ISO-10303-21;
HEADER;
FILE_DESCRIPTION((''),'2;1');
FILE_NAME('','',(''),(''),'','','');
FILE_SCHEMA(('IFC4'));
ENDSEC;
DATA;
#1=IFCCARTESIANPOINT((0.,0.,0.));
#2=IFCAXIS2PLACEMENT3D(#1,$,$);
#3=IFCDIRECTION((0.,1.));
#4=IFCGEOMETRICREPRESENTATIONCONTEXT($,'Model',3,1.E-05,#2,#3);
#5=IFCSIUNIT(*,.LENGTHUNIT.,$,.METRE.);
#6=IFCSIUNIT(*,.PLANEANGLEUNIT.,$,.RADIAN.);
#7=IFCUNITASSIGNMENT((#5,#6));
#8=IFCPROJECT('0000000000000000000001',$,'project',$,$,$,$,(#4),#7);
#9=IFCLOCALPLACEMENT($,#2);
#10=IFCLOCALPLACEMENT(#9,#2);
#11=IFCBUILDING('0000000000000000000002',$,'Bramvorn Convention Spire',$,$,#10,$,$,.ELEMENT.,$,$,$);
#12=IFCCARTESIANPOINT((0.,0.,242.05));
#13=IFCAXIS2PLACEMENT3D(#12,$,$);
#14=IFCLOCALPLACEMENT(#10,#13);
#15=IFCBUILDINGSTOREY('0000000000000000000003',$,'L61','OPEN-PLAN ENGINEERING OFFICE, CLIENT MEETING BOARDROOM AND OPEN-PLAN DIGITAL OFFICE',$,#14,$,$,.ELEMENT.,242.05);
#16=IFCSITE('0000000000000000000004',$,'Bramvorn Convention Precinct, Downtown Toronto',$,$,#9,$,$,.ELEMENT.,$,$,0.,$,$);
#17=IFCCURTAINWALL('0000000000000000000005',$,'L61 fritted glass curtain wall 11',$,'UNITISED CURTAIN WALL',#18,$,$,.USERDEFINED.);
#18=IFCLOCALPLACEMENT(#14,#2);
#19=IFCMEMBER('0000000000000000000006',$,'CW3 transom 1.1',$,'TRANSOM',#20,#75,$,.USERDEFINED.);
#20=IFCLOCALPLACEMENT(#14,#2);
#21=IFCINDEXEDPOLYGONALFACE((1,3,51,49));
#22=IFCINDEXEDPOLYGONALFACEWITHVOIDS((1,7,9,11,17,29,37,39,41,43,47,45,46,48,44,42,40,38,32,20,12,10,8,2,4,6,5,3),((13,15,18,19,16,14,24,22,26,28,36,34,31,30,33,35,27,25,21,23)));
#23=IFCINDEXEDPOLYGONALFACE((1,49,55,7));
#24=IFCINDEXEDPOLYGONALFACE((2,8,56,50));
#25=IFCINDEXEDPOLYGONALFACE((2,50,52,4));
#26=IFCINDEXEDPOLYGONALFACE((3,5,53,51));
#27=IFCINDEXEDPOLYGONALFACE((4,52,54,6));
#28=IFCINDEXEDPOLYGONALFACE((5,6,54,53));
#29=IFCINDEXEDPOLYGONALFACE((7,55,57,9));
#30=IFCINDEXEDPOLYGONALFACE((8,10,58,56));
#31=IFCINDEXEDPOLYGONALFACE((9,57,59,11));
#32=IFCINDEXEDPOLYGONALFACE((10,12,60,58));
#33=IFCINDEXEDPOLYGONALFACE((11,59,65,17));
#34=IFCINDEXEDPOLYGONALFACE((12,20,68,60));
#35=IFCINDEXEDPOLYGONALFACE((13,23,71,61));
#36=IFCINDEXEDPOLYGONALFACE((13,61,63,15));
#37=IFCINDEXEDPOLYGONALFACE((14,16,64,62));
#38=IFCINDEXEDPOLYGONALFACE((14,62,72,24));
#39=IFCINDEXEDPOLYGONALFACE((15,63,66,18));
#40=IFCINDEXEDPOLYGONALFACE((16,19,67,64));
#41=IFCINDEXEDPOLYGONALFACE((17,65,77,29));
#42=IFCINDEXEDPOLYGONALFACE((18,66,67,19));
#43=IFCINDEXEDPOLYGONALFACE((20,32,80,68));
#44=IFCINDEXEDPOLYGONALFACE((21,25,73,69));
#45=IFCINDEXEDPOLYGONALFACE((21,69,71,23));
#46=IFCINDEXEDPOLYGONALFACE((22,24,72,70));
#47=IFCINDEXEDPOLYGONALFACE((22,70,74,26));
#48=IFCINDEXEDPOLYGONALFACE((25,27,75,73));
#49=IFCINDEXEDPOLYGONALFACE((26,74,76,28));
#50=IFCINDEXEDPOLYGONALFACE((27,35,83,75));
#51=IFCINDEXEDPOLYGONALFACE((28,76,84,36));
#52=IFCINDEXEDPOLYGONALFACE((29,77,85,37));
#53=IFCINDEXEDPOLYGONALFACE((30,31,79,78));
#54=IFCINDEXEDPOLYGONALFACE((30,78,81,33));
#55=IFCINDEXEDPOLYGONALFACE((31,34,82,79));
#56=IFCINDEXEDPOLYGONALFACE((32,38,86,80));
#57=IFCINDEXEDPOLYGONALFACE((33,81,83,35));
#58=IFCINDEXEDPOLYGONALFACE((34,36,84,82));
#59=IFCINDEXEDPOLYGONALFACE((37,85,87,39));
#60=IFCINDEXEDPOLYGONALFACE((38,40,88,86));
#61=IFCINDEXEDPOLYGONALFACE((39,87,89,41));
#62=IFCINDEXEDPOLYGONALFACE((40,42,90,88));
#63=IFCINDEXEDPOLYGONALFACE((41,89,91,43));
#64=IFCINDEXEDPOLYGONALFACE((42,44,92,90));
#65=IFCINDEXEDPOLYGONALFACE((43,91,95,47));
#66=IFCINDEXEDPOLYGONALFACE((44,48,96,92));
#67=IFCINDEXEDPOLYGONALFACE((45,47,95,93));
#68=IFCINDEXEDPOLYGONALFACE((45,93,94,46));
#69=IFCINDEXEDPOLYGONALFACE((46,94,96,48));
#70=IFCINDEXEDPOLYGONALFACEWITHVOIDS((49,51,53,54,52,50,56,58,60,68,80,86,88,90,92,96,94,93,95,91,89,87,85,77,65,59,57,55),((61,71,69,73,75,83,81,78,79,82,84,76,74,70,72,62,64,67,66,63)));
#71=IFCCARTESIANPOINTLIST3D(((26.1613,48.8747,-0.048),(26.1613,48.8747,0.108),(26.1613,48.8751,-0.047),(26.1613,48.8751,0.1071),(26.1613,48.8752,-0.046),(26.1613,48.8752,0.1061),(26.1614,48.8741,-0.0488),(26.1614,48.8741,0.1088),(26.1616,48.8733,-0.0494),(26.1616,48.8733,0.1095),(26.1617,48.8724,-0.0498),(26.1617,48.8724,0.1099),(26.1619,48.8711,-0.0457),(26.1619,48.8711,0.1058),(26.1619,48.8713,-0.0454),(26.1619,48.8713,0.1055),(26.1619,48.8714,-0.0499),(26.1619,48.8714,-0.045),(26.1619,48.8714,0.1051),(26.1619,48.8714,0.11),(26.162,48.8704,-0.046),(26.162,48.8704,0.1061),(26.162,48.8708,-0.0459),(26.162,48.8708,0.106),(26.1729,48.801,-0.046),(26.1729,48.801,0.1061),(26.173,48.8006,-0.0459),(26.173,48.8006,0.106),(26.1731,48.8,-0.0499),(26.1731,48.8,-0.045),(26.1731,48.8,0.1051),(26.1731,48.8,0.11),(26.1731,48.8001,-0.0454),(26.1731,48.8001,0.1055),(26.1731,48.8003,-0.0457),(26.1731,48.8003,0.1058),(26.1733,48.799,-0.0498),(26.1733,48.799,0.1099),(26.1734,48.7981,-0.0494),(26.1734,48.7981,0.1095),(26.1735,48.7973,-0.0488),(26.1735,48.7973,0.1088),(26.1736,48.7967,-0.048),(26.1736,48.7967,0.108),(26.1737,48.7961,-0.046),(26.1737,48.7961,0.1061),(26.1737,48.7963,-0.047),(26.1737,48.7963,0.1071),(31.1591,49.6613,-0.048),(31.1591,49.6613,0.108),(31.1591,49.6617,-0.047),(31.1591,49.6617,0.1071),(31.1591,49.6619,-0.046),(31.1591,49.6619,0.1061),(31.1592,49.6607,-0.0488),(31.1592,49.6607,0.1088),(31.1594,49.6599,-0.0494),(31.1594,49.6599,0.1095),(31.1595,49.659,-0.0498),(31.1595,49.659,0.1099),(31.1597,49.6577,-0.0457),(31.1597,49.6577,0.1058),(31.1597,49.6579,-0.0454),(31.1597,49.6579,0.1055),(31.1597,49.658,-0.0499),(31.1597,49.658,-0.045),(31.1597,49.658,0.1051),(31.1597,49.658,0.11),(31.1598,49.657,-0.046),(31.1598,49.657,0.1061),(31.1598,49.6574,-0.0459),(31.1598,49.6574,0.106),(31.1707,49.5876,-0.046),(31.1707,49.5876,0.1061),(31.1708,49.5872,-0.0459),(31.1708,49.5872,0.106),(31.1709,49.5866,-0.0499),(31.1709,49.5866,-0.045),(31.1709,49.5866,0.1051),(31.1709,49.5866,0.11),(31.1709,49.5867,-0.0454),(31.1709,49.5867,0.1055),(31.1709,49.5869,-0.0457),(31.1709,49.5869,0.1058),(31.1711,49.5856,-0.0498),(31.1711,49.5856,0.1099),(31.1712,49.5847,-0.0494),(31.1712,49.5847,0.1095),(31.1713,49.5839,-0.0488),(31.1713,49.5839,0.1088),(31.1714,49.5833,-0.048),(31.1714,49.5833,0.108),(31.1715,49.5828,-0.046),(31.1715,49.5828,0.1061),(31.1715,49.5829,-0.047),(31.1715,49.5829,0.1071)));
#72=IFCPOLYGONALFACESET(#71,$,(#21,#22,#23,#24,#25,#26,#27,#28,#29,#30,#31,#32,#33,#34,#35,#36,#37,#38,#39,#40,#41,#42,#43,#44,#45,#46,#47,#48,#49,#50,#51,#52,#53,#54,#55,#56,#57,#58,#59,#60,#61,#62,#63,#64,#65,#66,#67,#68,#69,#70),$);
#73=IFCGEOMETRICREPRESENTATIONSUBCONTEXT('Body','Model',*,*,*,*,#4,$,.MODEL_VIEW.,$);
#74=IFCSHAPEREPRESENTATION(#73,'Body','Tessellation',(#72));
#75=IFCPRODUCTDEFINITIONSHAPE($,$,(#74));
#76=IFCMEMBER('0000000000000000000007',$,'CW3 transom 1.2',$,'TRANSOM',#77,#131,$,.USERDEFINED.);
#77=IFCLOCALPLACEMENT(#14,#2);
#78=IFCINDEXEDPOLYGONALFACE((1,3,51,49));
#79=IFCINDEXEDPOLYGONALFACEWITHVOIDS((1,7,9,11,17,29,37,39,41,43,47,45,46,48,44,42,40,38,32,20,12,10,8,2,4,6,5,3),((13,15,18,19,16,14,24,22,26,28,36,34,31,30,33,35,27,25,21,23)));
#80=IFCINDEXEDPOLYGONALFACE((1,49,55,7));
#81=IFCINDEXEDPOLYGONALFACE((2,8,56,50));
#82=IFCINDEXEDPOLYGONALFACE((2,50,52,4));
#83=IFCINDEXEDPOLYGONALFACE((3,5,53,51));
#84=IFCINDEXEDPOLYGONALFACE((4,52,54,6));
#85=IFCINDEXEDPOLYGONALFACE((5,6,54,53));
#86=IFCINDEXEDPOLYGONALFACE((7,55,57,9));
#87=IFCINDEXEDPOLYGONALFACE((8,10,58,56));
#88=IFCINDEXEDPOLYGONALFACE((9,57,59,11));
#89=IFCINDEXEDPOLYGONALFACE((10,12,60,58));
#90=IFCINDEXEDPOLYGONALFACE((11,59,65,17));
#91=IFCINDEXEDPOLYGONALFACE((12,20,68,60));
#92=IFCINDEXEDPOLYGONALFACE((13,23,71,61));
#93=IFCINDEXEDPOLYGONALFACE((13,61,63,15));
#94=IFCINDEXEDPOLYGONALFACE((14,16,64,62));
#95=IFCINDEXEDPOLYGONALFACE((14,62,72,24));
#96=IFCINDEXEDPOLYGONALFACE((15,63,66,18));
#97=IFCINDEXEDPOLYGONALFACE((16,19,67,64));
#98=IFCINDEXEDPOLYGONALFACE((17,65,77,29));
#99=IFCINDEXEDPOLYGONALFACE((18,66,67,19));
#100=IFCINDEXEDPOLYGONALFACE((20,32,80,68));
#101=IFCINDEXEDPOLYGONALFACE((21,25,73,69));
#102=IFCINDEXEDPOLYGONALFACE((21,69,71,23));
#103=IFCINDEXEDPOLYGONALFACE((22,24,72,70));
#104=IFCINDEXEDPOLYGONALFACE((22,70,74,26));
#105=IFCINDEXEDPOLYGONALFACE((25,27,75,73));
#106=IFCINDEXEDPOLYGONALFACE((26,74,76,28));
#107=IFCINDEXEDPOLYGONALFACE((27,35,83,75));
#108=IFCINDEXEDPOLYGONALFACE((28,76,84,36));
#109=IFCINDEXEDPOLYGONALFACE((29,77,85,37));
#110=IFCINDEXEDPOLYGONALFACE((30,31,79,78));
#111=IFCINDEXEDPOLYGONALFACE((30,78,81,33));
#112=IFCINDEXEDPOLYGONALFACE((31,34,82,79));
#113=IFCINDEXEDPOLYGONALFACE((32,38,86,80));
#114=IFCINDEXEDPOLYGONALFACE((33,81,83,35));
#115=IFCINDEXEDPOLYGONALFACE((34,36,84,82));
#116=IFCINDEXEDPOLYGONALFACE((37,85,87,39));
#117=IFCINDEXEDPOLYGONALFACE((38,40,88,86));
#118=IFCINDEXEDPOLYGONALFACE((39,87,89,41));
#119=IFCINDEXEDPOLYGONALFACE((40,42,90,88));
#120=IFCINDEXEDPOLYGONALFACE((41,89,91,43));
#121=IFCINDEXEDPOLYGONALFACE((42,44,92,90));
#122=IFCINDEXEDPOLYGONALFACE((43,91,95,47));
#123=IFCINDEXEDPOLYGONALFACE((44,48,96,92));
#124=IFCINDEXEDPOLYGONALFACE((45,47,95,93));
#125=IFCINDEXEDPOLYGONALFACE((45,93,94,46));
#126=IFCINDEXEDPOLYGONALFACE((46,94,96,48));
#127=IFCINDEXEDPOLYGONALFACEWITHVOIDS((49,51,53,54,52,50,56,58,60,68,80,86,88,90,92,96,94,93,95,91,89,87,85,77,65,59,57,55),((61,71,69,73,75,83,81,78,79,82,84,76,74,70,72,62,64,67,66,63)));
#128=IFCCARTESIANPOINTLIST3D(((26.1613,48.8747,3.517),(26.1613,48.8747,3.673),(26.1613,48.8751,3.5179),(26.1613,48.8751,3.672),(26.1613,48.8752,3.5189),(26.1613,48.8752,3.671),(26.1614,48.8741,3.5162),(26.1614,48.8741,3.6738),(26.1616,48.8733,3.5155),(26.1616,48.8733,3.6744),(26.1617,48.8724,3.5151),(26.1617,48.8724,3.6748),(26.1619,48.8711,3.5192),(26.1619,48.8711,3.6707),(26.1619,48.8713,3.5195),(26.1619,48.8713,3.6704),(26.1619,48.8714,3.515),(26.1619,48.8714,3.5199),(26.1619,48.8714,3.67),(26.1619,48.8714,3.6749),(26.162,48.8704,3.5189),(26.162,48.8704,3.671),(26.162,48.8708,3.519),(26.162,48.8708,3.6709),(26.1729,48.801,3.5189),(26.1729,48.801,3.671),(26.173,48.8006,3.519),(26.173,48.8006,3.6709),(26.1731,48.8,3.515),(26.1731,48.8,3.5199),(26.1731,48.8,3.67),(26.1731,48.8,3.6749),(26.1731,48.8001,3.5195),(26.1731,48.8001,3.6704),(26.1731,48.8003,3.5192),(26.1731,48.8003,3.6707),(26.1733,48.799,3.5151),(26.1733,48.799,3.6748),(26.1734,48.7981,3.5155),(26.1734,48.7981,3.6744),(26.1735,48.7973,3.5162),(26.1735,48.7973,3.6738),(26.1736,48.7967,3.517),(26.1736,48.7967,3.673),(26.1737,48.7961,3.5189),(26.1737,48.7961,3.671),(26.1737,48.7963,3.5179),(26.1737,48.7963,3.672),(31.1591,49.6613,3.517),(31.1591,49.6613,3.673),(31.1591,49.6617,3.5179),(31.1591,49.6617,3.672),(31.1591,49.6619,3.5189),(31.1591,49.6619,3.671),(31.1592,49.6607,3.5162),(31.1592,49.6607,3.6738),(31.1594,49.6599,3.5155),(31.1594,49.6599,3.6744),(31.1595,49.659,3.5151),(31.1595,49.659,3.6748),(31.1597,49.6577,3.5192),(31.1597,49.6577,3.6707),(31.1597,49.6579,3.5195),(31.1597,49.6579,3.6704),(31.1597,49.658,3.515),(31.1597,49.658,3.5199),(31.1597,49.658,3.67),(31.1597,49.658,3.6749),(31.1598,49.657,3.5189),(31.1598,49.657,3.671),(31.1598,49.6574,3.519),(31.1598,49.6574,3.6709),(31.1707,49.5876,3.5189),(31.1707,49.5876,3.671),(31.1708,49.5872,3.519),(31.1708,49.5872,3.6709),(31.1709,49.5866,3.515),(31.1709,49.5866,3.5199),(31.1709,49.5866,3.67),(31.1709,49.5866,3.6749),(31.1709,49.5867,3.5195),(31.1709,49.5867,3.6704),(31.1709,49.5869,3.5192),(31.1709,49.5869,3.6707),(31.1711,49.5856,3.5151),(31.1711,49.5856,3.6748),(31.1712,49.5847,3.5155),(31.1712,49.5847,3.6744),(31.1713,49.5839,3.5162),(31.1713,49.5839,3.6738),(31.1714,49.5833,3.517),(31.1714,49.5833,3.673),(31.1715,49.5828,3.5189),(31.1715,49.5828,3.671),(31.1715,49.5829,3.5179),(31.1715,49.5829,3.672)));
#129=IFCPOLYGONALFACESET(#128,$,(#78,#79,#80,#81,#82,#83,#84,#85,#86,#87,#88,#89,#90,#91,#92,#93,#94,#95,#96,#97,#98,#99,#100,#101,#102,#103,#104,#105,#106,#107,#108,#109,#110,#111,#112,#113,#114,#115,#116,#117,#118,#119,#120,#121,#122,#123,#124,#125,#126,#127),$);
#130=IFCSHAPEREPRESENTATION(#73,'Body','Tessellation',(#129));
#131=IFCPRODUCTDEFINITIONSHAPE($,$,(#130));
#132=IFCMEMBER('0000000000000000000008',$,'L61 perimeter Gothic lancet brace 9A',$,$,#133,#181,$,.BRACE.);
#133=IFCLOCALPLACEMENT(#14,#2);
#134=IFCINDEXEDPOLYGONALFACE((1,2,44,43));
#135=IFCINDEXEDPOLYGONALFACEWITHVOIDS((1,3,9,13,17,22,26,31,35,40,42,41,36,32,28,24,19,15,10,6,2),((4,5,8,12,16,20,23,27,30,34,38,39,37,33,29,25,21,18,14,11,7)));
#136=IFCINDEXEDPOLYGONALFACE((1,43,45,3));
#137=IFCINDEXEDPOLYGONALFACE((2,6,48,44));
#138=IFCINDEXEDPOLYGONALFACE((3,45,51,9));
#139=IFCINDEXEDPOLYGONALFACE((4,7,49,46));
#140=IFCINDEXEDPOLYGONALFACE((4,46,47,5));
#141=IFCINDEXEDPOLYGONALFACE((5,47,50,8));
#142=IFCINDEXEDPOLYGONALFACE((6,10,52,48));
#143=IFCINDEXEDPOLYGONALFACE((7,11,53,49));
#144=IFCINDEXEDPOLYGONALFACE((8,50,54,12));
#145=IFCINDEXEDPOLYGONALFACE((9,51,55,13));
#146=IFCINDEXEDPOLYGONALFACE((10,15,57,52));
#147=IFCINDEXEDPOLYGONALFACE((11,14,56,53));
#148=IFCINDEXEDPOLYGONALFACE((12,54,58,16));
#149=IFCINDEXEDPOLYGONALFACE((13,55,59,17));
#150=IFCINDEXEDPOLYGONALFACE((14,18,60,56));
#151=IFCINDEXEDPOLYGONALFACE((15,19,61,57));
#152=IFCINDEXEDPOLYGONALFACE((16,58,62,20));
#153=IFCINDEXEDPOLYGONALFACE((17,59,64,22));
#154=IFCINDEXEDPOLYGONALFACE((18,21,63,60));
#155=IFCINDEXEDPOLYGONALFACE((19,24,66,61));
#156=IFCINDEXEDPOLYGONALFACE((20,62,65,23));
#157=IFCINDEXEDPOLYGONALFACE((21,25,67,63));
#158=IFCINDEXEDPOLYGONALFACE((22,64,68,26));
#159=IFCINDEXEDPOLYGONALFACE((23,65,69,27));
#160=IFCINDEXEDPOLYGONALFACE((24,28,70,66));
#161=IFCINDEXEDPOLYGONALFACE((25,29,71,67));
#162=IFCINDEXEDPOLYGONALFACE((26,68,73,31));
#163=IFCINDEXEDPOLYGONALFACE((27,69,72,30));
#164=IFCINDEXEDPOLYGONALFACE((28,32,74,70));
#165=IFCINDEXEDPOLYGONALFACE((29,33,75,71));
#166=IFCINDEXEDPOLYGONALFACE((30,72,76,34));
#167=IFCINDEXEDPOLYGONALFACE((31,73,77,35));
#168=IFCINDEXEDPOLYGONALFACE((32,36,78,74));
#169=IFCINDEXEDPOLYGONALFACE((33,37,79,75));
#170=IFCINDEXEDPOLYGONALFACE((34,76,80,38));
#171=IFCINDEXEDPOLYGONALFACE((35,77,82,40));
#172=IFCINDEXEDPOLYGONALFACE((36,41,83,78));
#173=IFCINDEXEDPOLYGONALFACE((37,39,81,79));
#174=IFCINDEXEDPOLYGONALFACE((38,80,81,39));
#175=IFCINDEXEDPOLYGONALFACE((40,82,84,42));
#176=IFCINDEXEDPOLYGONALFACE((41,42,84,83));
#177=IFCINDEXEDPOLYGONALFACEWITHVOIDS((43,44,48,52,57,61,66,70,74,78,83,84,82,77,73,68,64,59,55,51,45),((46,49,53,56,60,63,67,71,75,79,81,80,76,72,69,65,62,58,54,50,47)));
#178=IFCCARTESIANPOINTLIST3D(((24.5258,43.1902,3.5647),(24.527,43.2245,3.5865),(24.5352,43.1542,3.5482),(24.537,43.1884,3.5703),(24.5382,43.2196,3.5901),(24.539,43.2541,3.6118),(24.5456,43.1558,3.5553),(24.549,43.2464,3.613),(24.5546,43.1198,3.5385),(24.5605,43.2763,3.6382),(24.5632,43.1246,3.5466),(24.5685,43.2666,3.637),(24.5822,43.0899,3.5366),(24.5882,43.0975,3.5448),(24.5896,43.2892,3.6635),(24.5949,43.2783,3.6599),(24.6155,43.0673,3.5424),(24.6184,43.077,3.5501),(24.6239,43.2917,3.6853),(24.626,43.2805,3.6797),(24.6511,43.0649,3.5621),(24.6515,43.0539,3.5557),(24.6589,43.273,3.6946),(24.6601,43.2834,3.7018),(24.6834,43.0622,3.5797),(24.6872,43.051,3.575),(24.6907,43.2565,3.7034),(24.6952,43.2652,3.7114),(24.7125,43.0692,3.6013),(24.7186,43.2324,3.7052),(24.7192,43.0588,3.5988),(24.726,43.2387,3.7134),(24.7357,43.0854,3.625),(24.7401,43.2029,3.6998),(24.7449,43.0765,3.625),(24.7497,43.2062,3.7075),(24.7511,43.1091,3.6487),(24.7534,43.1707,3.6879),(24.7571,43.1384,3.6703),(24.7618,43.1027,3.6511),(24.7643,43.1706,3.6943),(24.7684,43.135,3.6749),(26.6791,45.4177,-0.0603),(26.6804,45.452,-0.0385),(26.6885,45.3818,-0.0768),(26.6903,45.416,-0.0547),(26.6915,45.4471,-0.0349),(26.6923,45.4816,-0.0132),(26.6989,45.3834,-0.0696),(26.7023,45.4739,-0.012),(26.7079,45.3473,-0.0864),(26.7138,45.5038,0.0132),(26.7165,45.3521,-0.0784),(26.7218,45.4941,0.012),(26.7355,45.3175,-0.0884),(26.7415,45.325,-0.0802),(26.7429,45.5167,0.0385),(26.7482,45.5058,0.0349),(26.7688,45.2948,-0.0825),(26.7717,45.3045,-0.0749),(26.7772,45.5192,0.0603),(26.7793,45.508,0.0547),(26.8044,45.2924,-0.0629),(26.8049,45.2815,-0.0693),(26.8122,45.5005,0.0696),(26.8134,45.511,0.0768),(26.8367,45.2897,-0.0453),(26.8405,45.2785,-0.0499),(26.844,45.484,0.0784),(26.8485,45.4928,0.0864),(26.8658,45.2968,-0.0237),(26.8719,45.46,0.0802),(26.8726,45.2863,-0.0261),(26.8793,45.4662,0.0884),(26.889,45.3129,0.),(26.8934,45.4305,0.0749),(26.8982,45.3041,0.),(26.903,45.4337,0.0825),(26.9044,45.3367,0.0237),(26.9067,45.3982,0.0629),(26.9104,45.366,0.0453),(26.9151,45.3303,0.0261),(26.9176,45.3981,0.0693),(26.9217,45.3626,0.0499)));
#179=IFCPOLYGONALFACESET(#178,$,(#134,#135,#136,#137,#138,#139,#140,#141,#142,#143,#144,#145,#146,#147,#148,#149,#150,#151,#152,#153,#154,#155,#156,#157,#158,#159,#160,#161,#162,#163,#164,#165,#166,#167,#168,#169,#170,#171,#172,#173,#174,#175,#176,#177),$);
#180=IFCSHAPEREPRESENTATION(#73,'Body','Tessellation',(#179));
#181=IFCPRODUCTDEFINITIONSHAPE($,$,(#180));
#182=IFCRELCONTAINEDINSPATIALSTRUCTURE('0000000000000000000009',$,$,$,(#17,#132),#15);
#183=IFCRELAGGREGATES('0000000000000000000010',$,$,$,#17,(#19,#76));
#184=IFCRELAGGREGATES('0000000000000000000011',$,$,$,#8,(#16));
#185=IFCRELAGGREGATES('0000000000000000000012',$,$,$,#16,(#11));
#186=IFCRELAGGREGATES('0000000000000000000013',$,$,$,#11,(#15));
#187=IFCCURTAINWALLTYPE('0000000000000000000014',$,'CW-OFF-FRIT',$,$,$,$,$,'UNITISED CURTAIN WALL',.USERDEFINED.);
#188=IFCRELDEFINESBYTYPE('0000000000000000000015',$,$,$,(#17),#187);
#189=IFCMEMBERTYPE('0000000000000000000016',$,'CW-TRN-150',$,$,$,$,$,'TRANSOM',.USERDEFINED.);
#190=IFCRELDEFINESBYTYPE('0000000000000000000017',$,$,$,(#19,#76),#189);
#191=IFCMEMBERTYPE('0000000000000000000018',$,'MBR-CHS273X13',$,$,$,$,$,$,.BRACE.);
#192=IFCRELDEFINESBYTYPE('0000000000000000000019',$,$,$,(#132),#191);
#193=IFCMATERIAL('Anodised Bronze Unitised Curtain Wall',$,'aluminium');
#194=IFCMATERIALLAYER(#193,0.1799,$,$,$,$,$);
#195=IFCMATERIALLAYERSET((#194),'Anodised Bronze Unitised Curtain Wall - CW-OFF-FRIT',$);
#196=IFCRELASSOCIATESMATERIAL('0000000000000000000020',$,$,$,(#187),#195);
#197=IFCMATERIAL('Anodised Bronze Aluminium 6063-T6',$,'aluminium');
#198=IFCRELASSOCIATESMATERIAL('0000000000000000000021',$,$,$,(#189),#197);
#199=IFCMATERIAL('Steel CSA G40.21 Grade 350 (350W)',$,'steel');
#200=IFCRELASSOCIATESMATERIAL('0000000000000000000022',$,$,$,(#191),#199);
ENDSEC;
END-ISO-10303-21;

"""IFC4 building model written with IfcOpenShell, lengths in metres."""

from ifc_helpers import new_model, si_unit, direction, frame, origin, origin_2d, place, context, subcontext, project, spatial, hollow_rectangle, hollow_circle, extrude, material, layer, layer_set, material_profile, profile_set, type_object, element, aggregate, save


model = new_model("IFC4")

# Units and contexts
model_context = context("Model", 3, precision=1e-05, world=origin(), true_north=direction((0.0, 1.0)))
body_context = subcontext(model_context, "Body", "Model", "MODEL_VIEW")
ifc_project = project(units=[si_unit("LENGTHUNIT", "METRE"), si_unit("PLANEANGLEUNIT", "RADIAN")], contexts=[model_context])

# Site, building, storey
site_placement = place(None, origin())
site = spatial("IfcSite", under=ifc_project, at=site_placement, Name="Bramvorn Convention Precinct, Downtown Toronto", CompositionType="ELEMENT", RefElevation=0.0)
building_placement = place(site_placement, origin())
building = spatial("IfcBuilding", under=site, at=building_placement, Name="Bramvorn Convention Spire", CompositionType="ELEMENT")
storey_placement = place(building_placement, frame((0.0, 0.0, 242.05)))
storey = spatial("IfcBuildingStorey", under=building, at=storey_placement, Name="L61", Description="OPEN-PLAN ENGINEERING OFFICE, CLIENT MEETING BOARDROOM AND OPEN-PLAN DIGITAL OFFICE", CompositionType="ELEMENT", Elevation=242.05)

# Shared definitions
ifc_material_1 = material(Name="Steel CSA G40.21 Grade 350 (350W)", Category="steel")

# Curtain wall, members
ifc_material_2 = material(Name="Anodised Bronze Unitised Curtain Wall", Category="aluminium")
ifc_layer_1 = layer(ifc_material_2, 0.1799)
ifc_layer_set_1 = layer_set([ifc_layer_1], Name="Anodised Bronze Unitised Curtain Wall - CW-OFF-FRIT")
curtain_wall_type = type_object("IfcCurtainWallType", Name="CW-OFF-FRIT", ElementType="UNITISED CURTAIN WALL", PredefinedType="USERDEFINED", material=ifc_layer_set_1)
curtain_wall_placement = place(storey_placement, origin())
curtain_wall = element("IfcCurtainWall", 1, at=curtain_wall_placement, inside=storey, type_object=curtain_wall_type, Name="L61 fritted glass curtain wall 11", ObjectType="UNITISED CURTAIN WALL", PredefinedType="USERDEFINED")
ifc_material_3 = material(Name="Anodised Bronze Aluminium 6063-T6", Category="aluminium")
ifc_material_profile_1 = material_profile(ifc_material_3, hollow_rectangle(XDim=0.0801, YDim=0.1599, WallThickness=0.0039, InnerFilletRadius=0.001, OuterFilletRadius=0.0039, at=origin_2d()))
ifc_profile_set_1 = profile_set([ifc_material_profile_1], Name="Anodised Bronze Aluminium 6063-T6 - CWT80X160")
member_type_1 = type_object("IfcMemberType", Name="CW-TRN-150", ElementType="TRANSOM", PredefinedType="USERDEFINED", material=ifc_profile_set_1)
member_1_placement = place(storey_placement, frame((26.1675, 48.8357, 0.03), z_axis=(0.987839, 0.155479, 0.0), x_axis=(-0.155479, 0.987839, 0.0)))
member_1 = element("IfcMember", 2, at=member_1_placement, type_object=member_type_1, Name="CW3 transom 1.1", ObjectType="TRANSOM", PredefinedType="USERDEFINED", context=body_context, shape_type="SweptSolid", body=[
    extrude(hollow_rectangle(XDim=0.0801, YDim=0.1599, WallThickness=0.0039, InnerFilletRadius=0.001, OuterFilletRadius=0.0039, at=origin_2d()), origin(), (0.0, 0.0, 1.0), 5.0593),
])
member_2_placement = place(storey_placement, frame((26.1675, 48.8357, 3.595), z_axis=(0.987839, 0.155479, 0.0), x_axis=(-0.155479, 0.987839, 0.0)))
member_2 = element("IfcMember", 3, at=member_2_placement, type_object=member_type_1, Name="CW3 transom 1.2", ObjectType="TRANSOM", PredefinedType="USERDEFINED", context=body_context, shape_type="SweptSolid", body=[
    extrude(hollow_rectangle(XDim=0.0801, YDim=0.1599, WallThickness=0.0039, InnerFilletRadius=0.001, OuterFilletRadius=0.0039, at=origin_2d()), origin(), (0.0, 0.0, 1.0), 5.0593),
])

# Member
ifc_material_profile_2 = material_profile(ifc_material_1, hollow_circle(Radius=0.1365, WallThickness=0.0127, at=origin_2d()))
ifc_profile_set_2 = profile_set([ifc_material_profile_2], Name="Steel CSA G40.21 Grade 350 (350W) - CHS273X13")
member_type_2 = type_object("IfcMemberType", Name="MBR-CHS273X13", PredefinedType="BRACE", material=ifc_profile_set_2)
for number, where, z_axis, x_axis, name in (
    (4, (26.8, 45.3989, 0.0), (-0.451564, -0.467129, 0.760185), (0.718983, -0.695028, 0.0), "L61 perimeter Gothic lancet brace 9A"),
):
    element("IfcMember", number, at=place(storey_placement, frame(where, z_axis=z_axis, x_axis=x_axis)), inside=storey, type_object=member_type_2, Name=name, PredefinedType="BRACE", context=body_context, shape_type="SweptSolid", body=[
        extrude(hollow_circle(Radius=0.1365, WallThickness=0.0127, at=origin_2d()), origin(), (0.0, 0.0, 1.0), 4.7686),
    ])

aggregate(curtain_wall, [member_1, member_2])

save(model, "model.ifc")
